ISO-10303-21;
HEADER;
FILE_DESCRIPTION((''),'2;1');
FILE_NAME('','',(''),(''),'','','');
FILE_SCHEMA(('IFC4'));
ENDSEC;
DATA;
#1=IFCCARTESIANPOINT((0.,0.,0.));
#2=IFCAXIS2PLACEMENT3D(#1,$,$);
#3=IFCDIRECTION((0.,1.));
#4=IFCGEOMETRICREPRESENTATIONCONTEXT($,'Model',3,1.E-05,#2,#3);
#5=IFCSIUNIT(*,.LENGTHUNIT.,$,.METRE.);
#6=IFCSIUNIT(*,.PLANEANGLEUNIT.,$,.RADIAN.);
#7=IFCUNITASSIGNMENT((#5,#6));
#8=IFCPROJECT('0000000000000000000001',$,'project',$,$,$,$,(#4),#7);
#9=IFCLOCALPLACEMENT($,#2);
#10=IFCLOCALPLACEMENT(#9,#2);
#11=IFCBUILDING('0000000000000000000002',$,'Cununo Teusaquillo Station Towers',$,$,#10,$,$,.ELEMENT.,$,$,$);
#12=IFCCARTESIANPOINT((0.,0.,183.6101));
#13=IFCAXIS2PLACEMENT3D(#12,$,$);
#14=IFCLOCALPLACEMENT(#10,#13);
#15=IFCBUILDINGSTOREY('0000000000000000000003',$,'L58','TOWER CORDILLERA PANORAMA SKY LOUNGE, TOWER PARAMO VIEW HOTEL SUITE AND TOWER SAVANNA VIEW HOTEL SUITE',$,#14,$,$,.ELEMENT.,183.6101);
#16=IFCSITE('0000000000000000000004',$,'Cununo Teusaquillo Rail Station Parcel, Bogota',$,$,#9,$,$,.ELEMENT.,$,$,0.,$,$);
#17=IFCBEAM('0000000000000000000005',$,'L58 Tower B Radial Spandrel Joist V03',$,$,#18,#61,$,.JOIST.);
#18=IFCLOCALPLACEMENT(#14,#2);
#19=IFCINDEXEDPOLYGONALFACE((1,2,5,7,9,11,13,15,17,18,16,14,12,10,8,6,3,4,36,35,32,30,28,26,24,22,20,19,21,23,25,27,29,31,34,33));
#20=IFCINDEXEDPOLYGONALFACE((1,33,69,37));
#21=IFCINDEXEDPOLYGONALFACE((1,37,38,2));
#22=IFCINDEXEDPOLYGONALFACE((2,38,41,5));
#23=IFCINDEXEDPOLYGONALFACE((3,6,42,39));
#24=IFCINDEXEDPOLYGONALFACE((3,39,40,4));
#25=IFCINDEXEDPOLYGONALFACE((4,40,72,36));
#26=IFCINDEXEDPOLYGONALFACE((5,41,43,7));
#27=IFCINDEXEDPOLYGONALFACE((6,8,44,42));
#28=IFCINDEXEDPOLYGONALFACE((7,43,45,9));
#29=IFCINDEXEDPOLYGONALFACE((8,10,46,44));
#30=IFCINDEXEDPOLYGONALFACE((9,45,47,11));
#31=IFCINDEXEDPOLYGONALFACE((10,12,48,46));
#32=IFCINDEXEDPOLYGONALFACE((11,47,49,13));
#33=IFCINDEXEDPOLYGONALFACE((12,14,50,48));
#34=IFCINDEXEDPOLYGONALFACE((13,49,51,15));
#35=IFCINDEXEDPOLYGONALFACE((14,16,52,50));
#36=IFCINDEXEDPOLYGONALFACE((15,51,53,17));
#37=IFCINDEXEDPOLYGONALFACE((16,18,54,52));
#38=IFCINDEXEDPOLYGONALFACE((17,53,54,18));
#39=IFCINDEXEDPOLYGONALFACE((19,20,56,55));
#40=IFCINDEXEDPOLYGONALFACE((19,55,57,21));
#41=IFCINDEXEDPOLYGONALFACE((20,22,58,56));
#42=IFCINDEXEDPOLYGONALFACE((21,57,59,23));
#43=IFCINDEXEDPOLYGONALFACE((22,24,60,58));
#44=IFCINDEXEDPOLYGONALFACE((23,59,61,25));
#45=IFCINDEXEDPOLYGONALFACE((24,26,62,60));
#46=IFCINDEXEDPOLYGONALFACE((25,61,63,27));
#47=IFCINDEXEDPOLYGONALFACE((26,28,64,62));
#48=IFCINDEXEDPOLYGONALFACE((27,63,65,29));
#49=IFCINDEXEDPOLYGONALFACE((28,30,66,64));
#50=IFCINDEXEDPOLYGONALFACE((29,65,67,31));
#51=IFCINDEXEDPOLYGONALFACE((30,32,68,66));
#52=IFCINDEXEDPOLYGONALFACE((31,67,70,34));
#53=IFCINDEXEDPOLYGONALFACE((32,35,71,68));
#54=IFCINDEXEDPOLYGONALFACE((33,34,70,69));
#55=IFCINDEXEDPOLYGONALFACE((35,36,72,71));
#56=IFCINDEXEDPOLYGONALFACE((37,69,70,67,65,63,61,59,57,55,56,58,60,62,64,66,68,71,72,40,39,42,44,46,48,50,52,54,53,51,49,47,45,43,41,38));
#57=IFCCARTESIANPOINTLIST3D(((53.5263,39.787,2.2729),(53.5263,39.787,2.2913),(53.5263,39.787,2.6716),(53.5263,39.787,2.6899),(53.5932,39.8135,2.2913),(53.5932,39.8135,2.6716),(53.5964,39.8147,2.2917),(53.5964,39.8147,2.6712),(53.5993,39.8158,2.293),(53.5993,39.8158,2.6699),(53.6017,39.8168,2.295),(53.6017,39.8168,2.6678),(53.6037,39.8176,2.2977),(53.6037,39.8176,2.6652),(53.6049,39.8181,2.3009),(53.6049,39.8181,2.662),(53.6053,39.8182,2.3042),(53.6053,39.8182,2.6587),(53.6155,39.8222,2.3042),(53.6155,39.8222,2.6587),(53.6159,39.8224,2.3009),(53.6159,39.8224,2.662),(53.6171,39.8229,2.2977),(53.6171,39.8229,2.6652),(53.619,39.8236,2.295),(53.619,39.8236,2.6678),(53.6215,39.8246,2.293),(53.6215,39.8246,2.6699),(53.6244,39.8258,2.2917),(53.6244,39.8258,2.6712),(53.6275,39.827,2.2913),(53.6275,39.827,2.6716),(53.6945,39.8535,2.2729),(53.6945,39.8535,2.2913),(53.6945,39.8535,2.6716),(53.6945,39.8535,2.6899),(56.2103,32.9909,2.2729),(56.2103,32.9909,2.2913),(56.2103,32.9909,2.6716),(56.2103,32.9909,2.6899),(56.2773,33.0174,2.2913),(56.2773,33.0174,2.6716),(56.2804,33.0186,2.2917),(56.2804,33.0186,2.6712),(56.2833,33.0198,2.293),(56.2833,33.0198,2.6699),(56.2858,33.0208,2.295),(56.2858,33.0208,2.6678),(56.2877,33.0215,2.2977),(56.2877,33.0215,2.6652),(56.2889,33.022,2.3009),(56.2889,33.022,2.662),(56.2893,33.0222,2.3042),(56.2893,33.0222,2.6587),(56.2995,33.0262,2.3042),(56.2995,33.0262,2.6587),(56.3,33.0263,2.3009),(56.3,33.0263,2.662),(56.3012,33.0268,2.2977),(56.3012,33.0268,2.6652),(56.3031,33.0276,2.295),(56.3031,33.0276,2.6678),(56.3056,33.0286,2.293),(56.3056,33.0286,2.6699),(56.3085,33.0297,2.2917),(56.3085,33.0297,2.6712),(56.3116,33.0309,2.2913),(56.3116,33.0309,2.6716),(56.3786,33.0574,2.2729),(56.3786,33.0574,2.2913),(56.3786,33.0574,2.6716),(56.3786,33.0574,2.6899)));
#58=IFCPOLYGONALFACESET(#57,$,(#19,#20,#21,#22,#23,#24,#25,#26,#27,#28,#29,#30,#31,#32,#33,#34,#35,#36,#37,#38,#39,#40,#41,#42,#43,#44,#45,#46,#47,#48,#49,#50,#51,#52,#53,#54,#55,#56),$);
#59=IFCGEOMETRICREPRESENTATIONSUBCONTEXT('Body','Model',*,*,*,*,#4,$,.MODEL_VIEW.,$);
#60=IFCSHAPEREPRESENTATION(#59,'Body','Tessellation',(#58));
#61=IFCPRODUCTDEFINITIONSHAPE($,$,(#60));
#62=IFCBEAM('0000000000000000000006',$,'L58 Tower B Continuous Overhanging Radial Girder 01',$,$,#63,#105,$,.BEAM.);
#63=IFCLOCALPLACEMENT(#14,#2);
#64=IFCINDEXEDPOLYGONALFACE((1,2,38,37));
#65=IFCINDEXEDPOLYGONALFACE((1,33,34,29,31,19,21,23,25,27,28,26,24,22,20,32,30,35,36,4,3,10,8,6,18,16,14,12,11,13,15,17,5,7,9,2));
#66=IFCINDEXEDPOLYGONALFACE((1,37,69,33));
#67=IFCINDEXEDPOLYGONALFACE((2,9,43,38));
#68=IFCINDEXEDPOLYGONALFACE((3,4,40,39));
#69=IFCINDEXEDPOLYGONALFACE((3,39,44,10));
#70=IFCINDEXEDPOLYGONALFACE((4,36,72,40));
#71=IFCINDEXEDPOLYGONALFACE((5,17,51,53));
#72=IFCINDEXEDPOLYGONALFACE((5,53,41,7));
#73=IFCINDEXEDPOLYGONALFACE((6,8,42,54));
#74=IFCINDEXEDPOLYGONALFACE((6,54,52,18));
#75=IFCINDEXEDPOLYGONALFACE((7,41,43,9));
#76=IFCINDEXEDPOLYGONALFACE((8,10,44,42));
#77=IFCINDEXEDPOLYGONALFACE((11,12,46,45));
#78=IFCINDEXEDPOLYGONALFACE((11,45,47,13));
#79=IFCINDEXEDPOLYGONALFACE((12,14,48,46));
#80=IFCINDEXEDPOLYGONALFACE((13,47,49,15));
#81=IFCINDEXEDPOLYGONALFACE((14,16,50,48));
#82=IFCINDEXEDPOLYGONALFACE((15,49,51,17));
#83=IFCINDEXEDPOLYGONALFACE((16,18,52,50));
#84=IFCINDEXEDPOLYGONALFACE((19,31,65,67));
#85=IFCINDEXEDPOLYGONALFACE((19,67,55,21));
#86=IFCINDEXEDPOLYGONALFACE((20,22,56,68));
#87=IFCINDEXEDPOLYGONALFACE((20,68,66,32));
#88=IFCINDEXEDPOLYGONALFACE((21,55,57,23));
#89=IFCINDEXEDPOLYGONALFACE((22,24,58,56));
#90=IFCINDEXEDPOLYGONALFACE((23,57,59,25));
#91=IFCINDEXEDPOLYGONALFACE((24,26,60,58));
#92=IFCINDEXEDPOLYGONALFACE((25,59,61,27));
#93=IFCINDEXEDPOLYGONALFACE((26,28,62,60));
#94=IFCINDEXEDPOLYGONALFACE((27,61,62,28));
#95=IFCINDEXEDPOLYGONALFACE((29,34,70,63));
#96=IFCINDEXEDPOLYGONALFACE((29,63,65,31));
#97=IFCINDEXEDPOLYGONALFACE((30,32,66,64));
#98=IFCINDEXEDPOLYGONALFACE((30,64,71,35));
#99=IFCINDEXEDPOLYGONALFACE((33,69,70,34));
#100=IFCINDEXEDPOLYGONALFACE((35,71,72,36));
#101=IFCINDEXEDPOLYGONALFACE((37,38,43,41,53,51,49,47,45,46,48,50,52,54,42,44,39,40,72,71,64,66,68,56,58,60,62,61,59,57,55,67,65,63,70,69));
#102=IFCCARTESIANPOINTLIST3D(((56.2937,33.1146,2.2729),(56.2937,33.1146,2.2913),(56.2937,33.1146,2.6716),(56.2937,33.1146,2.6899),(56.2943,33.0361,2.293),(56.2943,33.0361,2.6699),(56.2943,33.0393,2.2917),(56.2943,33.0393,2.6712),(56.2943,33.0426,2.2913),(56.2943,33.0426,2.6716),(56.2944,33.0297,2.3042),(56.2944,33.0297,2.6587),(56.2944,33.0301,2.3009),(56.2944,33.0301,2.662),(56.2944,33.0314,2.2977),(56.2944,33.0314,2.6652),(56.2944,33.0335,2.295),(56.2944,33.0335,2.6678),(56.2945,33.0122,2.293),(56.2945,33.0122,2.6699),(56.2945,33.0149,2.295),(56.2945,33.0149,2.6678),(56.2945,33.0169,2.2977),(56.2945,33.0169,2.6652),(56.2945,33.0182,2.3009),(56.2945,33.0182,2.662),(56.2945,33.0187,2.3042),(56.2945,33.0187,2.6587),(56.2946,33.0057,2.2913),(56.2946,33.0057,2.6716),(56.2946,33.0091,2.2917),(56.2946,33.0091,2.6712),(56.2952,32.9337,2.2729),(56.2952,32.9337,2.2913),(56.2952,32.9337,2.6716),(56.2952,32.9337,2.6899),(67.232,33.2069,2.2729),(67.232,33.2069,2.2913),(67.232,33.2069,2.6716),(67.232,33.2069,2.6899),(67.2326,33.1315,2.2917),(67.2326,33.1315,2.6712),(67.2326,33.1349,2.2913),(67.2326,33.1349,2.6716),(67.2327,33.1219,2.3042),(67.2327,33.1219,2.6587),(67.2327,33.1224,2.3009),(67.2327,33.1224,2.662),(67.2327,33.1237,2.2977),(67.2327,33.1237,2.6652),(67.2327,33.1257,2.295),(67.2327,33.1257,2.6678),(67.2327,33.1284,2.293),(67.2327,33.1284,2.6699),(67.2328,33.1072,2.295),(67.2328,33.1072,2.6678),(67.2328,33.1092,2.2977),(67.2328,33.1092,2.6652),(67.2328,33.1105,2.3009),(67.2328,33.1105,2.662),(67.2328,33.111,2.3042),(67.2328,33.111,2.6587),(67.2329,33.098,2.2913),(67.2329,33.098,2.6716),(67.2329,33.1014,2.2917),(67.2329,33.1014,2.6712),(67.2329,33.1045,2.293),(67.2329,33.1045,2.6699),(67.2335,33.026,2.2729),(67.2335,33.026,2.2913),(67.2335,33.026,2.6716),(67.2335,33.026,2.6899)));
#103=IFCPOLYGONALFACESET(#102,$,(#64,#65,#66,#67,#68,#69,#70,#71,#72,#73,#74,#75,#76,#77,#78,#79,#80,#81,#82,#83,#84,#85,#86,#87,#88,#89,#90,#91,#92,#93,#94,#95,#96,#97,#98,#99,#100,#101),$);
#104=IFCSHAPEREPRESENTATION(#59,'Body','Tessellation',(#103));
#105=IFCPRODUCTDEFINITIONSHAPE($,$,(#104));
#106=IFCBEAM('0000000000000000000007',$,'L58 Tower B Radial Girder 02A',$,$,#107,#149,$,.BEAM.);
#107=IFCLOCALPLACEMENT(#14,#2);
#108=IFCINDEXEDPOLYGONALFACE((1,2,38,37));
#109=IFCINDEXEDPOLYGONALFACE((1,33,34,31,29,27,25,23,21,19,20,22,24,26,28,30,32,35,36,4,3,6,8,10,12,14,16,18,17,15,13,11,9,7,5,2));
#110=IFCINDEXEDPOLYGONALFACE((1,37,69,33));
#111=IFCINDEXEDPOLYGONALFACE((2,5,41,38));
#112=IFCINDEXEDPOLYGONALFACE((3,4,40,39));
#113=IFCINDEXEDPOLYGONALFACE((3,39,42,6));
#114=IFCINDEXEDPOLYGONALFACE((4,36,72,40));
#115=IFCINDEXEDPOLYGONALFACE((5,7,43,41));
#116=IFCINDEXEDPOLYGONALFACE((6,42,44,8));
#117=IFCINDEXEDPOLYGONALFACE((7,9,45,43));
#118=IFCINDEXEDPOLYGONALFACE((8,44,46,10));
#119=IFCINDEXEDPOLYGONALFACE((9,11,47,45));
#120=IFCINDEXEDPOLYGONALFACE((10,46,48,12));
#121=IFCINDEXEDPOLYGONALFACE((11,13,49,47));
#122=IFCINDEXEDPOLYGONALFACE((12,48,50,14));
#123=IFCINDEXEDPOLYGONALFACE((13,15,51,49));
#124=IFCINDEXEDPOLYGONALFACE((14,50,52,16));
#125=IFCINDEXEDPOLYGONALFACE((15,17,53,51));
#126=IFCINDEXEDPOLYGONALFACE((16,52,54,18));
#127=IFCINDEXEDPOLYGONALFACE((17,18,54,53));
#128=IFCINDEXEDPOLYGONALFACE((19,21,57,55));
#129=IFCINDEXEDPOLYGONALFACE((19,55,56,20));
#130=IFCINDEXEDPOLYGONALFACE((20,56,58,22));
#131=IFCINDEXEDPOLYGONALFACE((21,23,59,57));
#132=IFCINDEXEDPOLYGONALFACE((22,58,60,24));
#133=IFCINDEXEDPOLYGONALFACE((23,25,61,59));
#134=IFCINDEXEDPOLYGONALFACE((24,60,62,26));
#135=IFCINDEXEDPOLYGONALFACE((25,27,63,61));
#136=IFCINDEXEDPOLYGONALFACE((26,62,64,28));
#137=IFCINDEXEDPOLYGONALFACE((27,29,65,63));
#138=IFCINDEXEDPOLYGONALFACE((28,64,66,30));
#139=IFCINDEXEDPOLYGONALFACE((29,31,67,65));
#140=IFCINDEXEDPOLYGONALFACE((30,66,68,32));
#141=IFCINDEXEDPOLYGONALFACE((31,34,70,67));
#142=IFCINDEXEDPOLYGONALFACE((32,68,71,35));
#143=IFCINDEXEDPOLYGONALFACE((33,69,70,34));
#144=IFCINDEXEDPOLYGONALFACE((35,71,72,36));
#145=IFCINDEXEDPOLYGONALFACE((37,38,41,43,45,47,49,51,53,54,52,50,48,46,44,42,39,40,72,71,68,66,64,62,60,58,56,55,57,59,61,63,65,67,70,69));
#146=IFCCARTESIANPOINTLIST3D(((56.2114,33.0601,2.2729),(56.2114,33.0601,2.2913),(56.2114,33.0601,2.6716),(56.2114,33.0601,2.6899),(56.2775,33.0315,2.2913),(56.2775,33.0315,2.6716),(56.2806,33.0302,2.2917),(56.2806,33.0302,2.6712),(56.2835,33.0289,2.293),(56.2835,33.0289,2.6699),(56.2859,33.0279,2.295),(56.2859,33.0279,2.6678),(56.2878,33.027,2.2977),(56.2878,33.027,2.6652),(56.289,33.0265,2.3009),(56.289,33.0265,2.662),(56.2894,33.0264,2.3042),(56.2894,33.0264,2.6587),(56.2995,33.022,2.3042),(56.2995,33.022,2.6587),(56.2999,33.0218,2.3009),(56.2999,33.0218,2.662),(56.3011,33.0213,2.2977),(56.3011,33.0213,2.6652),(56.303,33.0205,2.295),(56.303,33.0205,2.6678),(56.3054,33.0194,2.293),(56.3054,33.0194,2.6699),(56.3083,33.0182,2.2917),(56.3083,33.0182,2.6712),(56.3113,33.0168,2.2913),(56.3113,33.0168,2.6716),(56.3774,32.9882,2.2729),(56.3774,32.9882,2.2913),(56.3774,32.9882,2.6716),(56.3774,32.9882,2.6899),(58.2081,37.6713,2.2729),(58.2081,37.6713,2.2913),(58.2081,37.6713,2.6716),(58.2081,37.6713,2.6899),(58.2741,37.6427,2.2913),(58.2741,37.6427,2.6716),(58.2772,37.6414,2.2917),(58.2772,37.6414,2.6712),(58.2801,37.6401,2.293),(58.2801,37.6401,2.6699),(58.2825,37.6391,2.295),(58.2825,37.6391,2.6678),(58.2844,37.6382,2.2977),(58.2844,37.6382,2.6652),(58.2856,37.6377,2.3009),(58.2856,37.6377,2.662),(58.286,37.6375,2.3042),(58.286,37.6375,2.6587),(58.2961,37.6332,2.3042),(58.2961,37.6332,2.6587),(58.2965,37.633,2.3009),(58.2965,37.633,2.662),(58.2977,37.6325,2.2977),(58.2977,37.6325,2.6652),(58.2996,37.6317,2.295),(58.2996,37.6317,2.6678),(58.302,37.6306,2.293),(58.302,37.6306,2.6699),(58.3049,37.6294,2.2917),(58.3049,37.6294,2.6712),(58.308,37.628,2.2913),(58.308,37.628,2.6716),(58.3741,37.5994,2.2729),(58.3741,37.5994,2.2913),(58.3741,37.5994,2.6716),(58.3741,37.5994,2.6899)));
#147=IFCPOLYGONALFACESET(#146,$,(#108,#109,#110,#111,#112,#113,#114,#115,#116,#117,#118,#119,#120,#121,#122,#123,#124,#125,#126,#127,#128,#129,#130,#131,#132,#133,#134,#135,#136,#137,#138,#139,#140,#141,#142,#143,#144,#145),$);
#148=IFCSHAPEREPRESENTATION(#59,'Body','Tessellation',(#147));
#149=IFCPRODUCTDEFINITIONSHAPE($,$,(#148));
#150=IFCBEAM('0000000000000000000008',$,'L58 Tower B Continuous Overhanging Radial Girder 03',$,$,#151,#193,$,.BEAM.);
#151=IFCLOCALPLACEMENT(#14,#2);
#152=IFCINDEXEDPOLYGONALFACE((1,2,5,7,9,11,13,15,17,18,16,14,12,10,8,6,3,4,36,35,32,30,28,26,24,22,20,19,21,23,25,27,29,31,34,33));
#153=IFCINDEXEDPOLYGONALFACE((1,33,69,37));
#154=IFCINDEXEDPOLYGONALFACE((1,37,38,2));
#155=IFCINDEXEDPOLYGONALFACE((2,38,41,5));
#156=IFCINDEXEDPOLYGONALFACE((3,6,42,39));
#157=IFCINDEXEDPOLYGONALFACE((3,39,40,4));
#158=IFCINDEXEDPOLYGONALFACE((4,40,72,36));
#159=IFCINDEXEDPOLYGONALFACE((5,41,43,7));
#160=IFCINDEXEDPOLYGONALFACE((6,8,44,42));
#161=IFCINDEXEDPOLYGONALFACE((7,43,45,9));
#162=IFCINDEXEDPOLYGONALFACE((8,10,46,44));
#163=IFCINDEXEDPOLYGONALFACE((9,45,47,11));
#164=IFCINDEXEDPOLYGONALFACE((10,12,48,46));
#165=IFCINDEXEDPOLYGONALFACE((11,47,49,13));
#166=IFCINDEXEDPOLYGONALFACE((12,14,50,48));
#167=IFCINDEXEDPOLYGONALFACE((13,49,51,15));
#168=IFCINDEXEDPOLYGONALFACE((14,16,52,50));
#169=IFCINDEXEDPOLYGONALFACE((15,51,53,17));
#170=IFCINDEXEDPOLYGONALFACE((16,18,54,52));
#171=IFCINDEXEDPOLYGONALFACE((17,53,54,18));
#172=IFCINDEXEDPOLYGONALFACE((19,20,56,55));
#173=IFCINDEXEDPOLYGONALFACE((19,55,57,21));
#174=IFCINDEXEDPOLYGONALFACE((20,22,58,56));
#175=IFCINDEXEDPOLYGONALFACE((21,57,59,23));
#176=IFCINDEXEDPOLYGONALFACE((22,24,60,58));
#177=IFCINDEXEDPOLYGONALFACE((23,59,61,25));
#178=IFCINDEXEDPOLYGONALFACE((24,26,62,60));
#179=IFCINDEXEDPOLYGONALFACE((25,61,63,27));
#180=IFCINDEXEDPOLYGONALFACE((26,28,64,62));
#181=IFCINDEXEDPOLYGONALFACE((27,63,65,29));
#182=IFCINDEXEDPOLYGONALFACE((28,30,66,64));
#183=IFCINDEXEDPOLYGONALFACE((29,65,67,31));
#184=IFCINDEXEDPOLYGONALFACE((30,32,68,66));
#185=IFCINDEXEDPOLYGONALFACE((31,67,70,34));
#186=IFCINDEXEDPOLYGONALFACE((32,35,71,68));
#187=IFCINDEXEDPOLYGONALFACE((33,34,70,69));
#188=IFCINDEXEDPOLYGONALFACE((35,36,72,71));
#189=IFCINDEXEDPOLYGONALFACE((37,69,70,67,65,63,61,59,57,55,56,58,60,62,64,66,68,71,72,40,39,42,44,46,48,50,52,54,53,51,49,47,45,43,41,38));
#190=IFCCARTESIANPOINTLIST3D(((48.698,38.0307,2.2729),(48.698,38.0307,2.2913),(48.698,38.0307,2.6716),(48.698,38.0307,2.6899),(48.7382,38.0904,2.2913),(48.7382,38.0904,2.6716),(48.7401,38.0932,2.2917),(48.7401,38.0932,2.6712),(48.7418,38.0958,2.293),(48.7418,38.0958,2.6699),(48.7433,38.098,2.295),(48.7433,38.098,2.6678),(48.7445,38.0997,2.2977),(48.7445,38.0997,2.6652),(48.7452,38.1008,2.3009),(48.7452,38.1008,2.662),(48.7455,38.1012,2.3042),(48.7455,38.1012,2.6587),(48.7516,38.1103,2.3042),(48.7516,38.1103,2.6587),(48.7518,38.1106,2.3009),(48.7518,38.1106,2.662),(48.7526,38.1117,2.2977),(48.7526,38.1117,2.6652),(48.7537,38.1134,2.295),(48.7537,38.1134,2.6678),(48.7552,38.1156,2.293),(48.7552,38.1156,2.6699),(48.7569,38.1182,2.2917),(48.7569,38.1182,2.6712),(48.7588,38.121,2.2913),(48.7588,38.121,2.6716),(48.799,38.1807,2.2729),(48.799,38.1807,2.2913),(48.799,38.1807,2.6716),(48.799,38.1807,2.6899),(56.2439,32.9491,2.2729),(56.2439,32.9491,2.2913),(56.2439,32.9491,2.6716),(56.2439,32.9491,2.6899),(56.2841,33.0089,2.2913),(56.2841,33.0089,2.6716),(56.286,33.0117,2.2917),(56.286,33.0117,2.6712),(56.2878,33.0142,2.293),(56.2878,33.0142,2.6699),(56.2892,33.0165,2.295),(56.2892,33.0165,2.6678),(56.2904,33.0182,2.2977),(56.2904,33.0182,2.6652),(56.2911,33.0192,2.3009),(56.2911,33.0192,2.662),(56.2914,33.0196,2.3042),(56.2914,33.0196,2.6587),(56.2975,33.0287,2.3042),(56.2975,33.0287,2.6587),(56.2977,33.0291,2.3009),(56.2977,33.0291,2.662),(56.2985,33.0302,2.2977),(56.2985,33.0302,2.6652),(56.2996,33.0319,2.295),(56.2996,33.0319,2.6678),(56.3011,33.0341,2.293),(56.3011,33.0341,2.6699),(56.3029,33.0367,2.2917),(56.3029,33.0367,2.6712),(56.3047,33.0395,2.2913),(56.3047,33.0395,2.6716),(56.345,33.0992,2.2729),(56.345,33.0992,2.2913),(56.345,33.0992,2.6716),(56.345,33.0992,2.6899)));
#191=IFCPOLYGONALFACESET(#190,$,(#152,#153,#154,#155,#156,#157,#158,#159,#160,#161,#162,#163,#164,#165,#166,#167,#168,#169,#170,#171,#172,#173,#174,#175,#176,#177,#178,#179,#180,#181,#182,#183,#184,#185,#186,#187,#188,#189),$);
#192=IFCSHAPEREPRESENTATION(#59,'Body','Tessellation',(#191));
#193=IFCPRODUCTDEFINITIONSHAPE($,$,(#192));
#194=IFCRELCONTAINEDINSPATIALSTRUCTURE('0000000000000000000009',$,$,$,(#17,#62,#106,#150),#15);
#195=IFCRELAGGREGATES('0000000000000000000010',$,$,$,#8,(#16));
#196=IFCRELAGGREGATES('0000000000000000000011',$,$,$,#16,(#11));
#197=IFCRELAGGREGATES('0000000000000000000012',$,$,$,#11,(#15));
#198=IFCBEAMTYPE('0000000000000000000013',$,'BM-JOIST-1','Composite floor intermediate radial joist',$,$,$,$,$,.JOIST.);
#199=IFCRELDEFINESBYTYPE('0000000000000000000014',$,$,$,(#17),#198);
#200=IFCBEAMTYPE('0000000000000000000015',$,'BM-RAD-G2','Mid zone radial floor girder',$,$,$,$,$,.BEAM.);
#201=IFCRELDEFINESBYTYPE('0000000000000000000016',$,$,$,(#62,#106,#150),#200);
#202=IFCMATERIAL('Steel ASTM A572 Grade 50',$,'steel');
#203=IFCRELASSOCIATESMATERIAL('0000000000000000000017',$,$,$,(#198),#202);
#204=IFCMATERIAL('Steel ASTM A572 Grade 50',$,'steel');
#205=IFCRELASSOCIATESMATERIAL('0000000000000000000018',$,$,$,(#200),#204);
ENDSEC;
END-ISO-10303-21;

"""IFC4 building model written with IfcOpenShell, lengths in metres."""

from ifc_helpers import new_model, si_unit, direction, frame, origin, origin_2d, place, context, subcontext, project, spatial, i_section, extrude, material, material_profile, profile_set, type_object, element, save


model = new_model("IFC4")

# Units and contexts
model_context = context("Model", 3, precision=1e-05, world=origin(), true_north=direction((0.0, 1.0)))
body_context = subcontext(model_context, "Body", "Model", "MODEL_VIEW")
ifc_project = project(units=[si_unit("LENGTHUNIT", "METRE"), si_unit("PLANEANGLEUNIT", "RADIAN")], contexts=[model_context])

# Site, building, storey
site_placement = place(None, origin())
site = spatial("IfcSite", under=ifc_project, at=site_placement, Name="Cununo Teusaquillo Rail Station Parcel, Bogota", CompositionType="ELEMENT", RefElevation=0.0)
building_placement = place(site_placement, origin())
building = spatial("IfcBuilding", under=site, at=building_placement, Name="Cununo Teusaquillo Station Towers", CompositionType="ELEMENT")
storey_placement = place(building_placement, frame((0.0, 0.0, 183.6101)))
storey = spatial("IfcBuildingStorey", under=building, at=storey_placement, Name="L58", Description="TOWER CORDILLERA PANORAMA SKY LOUNGE, TOWER PARAMO VIEW HOTEL SUITE AND TOWER SAVANNA VIEW HOTEL SUITE", CompositionType="ELEMENT", Elevation=183.6101)

# Beams
ifc_material_1 = material(Name="Steel ASTM A572 Grade 50", Category="steel")
ifc_material_profile_1 = material_profile(ifc_material_1, i_section(OverallWidth=0.1809, OverallDepth=0.417, WebThickness=0.011, FlangeThickness=0.0183, FilletRadius=0.0129, at=origin_2d()), Name="W16X57")
ifc_profile_set_1 = profile_set([ifc_material_profile_1], Name="Steel ASTM A572 Grade 50")
beam_type_1 = type_object("IfcBeamType", Name="BM-JOIST-1", Description="Composite floor intermediate radial joist", PredefinedType="JOIST", material=ifc_profile_set_1)
beam_1_placement = place(storey_placement, frame((56.2944, 33.0242, 2.4814), z_axis=(-0.367332, 0.93009, 0.0), x_axis=(-0.93009, -0.367332, 0.0)))
element("IfcBeam", 1, at=beam_1_placement, inside=storey, type_object=beam_type_1, Name="L58 Tower B Radial Spandrel Joist V03", PredefinedType="JOIST", context=body_context, shape_type="SweptSolid", body=[
    extrude(i_section(OverallWidth=0.1809, OverallDepth=0.417, WebThickness=0.011, FlangeThickness=0.0183, FilletRadius=0.0129, at=origin_2d()), origin(), (0.0, 0.0, 1.0), 7.3069),
])
ifc_material_2 = material(Name="Steel ASTM A572 Grade 50", Category="steel")
ifc_material_profile_2 = material_profile(ifc_material_2, i_section(OverallWidth=0.1809, OverallDepth=0.417, WebThickness=0.011, FlangeThickness=0.0183, FilletRadius=0.0129, at=origin_2d()), Name="W16X57")
ifc_profile_set_2 = profile_set([ifc_material_profile_2], Name="Steel ASTM A572 Grade 50")
beam_type_2 = type_object("IfcBeamType", Name="BM-RAD-G2", Description="Mid zone radial floor girder", PredefinedType="BEAM", material=ifc_profile_set_2)
beam_2_placement = place(storey_placement, frame((56.2944, 33.0242, 2.4814), z_axis=(0.999964, 0.008437, 0.0), x_axis=(-0.008437, 0.999964, 0.0)))
element("IfcBeam", 2, at=beam_2_placement, inside=storey, type_object=beam_type_2, Name="L58 Tower B Continuous Overhanging Radial Girder 01", PredefinedType="BEAM", context=body_context, shape_type="SweptSolid", body=[
    extrude(i_section(OverallWidth=0.1809, OverallDepth=0.417, WebThickness=0.011, FlangeThickness=0.0183, FilletRadius=0.0129, at=origin_2d()), origin(), (0.0, 0.0, 1.0), 10.9387),
])
beam_3_placement = place(storey_placement, frame((56.2944, 33.0242, 2.4814), z_axis=(0.397347, 0.917668, 0.0), x_axis=(-0.917668, 0.397347, 0.0)))
element("IfcBeam", 3, at=beam_3_placement, inside=storey, type_object=beam_type_2, Name="L58 Tower B Radial Girder 02A", PredefinedType="BEAM", context=body_context, shape_type="SweptSolid", body=[
    extrude(i_section(OverallWidth=0.1809, OverallDepth=0.417, WebThickness=0.011, FlangeThickness=0.0183, FilletRadius=0.0129, at=origin_2d()), origin(), (0.0, 0.0, 1.0), 5.0249),
])
beam_4_placement = place(storey_placement, frame((56.2944, 33.0242, 2.4814), z_axis=(-0.829457, 0.558571, 0.0), x_axis=(-0.558571, -0.829457, 0.0)))
element("IfcBeam", 4, at=beam_4_placement, inside=storey, type_object=beam_type_2, Name="L58 Tower B Continuous Overhanging Radial Girder 03", PredefinedType="BEAM", context=body_context, shape_type="SweptSolid", body=[
    extrude(i_section(OverallWidth=0.1809, OverallDepth=0.417, WebThickness=0.011, FlangeThickness=0.0183, FilletRadius=0.0129, at=origin_2d()), origin(), (0.0, 0.0, 1.0), 9.0974),
])

save(model, "model.ifc")
